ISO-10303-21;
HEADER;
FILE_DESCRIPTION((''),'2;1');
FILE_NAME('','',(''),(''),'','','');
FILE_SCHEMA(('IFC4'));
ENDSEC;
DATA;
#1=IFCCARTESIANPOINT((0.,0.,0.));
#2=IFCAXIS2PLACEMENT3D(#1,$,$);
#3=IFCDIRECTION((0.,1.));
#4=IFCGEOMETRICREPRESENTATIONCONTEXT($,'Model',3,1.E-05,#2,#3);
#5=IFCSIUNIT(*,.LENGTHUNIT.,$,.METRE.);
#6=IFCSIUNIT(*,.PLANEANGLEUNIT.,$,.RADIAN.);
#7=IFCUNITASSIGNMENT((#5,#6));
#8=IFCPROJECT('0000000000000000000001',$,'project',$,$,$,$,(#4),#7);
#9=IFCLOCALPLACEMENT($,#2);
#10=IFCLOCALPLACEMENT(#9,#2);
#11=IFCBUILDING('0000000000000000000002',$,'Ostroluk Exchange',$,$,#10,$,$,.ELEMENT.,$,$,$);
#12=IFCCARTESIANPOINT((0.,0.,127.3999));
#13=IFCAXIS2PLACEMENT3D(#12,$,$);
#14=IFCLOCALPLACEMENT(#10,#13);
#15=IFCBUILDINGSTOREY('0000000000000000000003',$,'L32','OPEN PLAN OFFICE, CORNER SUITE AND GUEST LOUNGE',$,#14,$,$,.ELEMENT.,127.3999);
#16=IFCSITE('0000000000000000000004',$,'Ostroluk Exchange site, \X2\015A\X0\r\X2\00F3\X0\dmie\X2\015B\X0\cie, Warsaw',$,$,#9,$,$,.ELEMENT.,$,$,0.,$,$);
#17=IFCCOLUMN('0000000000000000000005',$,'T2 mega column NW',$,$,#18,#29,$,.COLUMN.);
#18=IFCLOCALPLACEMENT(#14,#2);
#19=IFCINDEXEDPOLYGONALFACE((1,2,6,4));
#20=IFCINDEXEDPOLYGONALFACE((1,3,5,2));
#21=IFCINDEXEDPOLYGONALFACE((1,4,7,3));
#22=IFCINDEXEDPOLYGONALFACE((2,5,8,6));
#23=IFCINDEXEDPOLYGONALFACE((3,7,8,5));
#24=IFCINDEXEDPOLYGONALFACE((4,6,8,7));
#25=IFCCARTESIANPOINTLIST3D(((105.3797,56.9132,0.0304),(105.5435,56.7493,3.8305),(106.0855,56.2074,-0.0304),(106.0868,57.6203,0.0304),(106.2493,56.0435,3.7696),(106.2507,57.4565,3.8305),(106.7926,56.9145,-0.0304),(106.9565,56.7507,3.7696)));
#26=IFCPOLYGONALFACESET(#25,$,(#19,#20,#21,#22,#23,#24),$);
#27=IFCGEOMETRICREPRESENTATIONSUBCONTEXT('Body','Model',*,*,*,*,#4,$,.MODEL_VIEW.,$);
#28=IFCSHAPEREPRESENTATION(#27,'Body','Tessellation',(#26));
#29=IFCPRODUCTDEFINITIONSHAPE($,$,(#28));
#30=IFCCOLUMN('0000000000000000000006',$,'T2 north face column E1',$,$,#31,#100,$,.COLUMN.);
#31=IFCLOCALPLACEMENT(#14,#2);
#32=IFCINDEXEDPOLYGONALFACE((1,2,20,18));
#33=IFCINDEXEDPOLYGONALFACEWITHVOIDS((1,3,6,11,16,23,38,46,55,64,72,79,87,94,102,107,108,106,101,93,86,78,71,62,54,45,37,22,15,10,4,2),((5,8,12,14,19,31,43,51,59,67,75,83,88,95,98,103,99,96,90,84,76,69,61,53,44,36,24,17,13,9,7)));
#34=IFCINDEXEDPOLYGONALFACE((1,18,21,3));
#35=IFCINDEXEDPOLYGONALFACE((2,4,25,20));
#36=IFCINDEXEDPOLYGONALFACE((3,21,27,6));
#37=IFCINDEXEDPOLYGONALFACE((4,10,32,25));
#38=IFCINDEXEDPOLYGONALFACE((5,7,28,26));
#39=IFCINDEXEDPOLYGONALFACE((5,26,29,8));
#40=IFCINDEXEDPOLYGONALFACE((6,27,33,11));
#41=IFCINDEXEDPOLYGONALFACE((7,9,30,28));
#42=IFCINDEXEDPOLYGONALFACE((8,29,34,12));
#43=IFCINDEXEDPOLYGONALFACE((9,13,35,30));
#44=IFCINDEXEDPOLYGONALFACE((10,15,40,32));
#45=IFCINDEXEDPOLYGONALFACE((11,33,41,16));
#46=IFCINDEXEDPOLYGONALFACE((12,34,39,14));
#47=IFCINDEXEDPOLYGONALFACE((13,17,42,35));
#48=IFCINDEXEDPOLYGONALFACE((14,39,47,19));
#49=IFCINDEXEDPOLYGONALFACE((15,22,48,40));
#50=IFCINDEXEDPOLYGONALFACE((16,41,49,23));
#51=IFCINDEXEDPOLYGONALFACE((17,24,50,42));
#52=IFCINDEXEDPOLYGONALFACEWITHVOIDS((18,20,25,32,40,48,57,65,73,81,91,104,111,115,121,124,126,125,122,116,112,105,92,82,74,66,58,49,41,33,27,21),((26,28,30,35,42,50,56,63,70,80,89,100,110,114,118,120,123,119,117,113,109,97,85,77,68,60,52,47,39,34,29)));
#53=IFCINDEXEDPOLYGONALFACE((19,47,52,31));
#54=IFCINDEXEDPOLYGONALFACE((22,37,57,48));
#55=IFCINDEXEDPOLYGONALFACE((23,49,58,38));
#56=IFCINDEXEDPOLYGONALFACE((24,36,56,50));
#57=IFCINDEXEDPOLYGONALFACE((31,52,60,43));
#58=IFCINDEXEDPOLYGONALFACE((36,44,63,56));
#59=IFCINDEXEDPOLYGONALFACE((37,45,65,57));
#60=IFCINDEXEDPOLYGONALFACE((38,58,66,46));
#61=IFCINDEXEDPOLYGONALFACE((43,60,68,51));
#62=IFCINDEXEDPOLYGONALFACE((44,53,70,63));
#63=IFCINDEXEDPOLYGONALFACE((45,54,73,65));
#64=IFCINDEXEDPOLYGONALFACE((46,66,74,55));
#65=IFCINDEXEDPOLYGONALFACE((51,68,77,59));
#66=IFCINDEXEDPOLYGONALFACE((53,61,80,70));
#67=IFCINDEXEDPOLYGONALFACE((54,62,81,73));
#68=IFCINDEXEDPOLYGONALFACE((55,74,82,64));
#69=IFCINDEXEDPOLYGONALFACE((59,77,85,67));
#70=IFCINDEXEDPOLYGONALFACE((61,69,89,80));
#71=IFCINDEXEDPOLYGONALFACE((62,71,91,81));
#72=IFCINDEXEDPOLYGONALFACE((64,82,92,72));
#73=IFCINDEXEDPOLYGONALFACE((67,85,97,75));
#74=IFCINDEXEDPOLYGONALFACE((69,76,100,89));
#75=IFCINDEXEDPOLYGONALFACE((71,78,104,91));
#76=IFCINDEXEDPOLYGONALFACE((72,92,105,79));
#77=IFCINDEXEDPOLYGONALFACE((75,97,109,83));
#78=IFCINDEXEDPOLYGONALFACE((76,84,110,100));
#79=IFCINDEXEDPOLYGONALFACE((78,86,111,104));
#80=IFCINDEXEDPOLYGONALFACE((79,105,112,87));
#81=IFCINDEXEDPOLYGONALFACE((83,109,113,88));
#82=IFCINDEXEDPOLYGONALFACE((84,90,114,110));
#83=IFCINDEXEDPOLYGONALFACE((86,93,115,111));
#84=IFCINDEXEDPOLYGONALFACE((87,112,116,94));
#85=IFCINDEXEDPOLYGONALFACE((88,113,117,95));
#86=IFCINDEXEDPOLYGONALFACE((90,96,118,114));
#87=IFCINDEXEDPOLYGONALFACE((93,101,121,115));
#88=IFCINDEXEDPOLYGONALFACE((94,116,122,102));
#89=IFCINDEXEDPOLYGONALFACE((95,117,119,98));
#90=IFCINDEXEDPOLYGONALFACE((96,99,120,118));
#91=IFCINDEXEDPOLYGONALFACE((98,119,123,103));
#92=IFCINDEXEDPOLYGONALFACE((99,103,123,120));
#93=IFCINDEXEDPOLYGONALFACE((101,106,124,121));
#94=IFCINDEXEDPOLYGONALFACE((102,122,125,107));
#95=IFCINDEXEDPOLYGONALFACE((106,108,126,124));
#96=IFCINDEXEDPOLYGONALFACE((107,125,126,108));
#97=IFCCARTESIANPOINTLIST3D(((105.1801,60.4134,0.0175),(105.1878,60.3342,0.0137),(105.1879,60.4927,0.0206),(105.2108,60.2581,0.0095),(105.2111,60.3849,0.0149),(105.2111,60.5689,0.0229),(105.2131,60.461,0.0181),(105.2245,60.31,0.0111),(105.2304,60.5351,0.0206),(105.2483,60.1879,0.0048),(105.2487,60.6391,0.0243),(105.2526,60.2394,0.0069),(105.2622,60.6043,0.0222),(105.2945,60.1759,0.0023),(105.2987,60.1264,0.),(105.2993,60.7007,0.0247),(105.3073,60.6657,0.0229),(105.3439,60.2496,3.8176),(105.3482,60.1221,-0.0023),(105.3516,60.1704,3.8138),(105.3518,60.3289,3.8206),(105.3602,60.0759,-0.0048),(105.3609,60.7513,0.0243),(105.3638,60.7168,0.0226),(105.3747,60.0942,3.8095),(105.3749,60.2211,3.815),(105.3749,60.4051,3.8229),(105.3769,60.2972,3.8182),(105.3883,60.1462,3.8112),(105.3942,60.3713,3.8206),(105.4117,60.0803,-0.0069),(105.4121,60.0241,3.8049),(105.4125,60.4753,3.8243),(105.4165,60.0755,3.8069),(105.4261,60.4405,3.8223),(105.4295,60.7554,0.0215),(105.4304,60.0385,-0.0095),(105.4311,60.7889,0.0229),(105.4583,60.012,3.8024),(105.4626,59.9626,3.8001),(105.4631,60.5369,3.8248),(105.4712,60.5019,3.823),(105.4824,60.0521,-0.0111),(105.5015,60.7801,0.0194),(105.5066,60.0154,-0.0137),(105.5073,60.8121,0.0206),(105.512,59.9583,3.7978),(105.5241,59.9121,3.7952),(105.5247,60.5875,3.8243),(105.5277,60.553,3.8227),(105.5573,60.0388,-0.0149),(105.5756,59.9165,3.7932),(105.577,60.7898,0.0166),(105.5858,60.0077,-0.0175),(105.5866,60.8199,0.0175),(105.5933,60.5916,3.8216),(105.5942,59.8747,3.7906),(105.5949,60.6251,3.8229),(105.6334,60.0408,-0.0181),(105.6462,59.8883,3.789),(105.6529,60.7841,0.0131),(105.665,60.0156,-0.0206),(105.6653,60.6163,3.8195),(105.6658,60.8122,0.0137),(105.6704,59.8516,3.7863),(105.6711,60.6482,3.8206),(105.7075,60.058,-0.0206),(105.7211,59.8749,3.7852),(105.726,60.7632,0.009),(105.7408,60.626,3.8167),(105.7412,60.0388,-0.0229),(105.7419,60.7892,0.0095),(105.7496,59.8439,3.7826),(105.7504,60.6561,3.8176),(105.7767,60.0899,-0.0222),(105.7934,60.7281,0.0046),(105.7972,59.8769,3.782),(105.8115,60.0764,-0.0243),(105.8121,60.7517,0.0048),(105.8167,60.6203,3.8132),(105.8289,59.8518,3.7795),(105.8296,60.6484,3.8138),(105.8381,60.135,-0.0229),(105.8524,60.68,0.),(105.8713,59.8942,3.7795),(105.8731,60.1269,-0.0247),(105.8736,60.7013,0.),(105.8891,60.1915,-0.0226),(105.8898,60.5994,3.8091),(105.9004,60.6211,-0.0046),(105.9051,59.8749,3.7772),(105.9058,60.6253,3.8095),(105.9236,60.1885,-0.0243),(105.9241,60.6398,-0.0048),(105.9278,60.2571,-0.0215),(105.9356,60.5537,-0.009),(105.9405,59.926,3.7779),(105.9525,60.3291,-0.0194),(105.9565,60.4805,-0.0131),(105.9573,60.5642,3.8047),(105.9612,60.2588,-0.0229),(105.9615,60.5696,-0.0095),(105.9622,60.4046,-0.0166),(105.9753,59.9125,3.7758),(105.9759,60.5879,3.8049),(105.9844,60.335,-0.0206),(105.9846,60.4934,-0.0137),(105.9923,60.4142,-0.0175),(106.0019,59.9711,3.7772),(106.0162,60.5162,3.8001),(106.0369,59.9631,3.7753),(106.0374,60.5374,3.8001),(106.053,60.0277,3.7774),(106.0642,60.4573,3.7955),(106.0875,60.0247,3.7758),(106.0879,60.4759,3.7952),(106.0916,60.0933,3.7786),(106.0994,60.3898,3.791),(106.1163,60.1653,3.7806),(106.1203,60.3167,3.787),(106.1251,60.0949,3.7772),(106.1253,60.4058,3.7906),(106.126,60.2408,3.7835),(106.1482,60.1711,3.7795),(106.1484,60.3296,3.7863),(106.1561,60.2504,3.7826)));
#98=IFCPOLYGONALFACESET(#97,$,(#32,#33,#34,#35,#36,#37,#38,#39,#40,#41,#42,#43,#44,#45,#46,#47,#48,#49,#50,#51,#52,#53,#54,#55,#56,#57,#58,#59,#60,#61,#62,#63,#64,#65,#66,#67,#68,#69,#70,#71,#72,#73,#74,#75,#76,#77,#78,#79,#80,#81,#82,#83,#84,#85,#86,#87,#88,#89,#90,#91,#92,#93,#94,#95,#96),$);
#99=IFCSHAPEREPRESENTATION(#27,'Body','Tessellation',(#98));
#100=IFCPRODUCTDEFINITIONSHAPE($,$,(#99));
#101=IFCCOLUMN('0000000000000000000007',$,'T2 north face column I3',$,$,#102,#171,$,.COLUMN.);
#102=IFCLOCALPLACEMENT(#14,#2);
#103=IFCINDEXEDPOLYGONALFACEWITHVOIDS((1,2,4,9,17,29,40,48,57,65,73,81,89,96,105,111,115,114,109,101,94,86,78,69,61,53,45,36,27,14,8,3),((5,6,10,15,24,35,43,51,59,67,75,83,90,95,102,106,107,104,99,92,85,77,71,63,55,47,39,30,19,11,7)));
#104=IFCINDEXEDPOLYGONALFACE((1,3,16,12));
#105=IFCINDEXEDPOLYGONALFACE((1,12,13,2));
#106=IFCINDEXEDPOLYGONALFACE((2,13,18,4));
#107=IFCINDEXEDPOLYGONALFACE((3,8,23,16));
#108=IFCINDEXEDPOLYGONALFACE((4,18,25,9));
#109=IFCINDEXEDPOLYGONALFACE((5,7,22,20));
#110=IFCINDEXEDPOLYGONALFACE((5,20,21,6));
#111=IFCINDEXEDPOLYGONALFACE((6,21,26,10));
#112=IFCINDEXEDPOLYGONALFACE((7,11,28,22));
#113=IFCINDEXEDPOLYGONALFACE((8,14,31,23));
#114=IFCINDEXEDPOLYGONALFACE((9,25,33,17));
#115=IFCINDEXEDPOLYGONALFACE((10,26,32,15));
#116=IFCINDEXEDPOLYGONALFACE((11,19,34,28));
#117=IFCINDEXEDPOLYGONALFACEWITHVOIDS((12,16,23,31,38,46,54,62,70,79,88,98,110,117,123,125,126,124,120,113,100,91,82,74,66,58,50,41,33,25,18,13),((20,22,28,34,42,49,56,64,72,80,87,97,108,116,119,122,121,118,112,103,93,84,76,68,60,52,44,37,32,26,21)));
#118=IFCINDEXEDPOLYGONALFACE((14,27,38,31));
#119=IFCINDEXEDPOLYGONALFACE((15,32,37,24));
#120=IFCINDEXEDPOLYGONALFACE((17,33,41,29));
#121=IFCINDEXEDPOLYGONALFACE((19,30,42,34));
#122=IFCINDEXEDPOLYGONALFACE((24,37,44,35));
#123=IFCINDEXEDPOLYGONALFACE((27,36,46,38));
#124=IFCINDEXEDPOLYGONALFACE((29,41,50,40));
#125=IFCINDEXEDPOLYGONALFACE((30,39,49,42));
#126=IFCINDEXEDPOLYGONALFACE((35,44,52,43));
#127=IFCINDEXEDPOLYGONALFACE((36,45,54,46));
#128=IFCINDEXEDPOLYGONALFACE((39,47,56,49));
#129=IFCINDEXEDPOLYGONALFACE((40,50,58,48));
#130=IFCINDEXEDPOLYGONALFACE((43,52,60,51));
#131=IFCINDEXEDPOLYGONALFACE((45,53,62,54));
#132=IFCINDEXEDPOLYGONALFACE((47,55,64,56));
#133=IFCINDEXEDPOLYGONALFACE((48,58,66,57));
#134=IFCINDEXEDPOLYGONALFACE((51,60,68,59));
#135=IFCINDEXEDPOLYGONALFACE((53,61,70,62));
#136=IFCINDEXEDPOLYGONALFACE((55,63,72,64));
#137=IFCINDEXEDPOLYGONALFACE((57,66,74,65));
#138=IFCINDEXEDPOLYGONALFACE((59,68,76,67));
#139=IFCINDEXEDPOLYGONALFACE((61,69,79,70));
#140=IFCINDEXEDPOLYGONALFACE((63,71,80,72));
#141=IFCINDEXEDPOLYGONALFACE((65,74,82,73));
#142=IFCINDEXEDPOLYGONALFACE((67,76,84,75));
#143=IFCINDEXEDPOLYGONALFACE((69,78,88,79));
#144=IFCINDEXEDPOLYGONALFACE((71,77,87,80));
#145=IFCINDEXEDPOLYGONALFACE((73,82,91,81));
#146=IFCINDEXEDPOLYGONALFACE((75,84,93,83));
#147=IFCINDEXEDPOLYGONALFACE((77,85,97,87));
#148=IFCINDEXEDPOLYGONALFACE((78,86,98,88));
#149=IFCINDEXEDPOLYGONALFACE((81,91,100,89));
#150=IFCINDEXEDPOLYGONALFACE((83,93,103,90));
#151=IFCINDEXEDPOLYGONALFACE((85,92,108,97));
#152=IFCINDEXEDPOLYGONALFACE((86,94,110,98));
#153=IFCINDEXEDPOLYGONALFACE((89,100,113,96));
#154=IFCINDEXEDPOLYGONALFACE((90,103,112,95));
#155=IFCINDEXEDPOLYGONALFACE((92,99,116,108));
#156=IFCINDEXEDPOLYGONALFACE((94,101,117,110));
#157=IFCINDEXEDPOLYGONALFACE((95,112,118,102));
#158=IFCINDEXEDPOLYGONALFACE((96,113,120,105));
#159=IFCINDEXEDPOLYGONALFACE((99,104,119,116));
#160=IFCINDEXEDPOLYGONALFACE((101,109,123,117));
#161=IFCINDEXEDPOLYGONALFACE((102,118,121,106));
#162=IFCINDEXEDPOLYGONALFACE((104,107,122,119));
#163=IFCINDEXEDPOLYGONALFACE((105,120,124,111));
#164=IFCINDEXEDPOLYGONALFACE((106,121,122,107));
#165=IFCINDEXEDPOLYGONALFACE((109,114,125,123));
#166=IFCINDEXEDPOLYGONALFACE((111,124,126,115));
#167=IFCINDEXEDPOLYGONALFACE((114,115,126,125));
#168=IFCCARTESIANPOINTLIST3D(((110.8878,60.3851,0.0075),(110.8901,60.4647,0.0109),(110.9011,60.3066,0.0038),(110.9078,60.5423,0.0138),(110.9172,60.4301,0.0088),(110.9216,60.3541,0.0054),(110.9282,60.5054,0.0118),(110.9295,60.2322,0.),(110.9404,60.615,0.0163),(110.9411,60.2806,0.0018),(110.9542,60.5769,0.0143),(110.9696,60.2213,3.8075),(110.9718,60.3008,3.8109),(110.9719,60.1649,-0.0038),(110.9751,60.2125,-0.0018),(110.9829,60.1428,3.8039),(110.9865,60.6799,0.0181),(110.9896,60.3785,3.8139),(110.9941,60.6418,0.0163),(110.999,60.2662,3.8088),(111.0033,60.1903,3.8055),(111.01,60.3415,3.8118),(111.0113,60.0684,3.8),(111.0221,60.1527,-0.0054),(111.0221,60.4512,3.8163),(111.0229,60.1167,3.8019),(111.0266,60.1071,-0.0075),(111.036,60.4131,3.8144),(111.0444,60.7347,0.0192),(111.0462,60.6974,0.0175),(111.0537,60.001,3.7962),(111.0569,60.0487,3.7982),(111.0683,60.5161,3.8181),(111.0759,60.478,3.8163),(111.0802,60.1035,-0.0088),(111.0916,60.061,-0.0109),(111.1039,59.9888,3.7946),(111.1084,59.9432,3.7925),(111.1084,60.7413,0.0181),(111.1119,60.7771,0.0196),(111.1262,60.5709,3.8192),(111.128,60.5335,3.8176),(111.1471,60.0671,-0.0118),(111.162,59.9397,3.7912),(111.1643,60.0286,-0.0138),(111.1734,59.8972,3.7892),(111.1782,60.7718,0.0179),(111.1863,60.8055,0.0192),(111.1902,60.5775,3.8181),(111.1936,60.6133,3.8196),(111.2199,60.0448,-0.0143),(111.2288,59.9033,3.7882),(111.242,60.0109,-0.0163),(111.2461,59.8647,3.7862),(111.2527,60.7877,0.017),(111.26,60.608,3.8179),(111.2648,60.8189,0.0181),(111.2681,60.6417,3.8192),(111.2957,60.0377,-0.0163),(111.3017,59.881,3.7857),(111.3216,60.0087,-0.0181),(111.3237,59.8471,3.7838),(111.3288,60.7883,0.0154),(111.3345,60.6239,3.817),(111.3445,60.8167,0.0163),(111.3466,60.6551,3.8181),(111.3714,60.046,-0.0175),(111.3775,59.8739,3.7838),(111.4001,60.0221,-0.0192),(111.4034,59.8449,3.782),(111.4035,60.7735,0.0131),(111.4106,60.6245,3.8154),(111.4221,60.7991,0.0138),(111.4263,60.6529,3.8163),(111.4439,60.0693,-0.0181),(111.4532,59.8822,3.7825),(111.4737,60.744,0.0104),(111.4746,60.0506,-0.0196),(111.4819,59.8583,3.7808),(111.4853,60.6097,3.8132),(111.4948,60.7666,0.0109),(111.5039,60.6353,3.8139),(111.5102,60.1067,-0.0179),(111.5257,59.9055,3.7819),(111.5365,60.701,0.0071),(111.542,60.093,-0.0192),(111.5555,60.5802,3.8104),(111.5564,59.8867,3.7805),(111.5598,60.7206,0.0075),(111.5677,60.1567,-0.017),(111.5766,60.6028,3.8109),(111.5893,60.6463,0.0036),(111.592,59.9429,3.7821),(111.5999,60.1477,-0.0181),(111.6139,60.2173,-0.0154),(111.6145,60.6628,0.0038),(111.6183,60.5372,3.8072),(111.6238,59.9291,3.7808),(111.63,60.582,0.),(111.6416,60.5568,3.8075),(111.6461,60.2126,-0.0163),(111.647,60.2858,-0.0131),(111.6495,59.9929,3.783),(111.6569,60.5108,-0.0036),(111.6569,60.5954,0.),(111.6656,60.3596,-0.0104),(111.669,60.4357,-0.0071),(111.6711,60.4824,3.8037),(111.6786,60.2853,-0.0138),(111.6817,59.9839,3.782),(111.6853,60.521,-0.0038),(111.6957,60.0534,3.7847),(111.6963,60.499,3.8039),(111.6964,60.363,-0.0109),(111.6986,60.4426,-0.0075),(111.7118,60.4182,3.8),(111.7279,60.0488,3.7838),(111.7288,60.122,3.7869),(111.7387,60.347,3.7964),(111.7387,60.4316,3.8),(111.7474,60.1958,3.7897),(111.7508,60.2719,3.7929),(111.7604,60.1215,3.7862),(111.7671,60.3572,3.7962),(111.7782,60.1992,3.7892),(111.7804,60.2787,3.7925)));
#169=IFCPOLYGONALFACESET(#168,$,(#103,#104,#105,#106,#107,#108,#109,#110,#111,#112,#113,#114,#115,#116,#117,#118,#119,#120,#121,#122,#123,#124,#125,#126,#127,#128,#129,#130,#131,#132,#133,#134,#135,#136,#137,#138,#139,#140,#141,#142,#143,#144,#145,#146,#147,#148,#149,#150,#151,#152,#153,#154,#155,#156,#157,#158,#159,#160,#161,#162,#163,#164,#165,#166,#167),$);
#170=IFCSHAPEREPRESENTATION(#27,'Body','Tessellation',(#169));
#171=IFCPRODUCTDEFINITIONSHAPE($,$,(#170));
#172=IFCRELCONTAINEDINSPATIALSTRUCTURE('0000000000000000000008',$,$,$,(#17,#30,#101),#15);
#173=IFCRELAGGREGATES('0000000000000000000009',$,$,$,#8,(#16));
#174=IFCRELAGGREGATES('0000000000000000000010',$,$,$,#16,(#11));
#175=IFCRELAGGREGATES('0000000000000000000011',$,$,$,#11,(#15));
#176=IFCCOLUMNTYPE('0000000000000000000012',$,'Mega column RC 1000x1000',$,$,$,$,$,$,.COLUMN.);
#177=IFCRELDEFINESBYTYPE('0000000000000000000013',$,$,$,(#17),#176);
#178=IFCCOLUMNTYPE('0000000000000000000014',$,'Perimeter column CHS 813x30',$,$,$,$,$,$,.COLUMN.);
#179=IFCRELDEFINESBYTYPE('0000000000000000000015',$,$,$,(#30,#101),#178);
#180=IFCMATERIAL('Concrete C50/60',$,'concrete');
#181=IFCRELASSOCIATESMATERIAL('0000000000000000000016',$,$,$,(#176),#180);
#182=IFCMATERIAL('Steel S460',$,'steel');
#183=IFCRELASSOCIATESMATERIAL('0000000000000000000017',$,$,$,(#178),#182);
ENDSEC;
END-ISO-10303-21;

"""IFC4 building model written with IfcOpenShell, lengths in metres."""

from ifc_helpers import new_model, si_unit, direction, frame, origin, origin_2d, place, context, subcontext, project, spatial, rectangle, hollow_circle, extrude, material, material_profile, profile_set, type_object, element, save


model = new_model("IFC4")

# Units and contexts
model_context = context("Model", 3, precision=1e-05, world=origin(), true_north=direction((0.0, 1.0)))
body_context = subcontext(model_context, "Body", "Model", "MODEL_VIEW")
ifc_project = project(units=[si_unit("LENGTHUNIT", "METRE"), si_unit("PLANEANGLEUNIT", "RADIAN")], contexts=[model_context])

# Site, building, storey
site_placement = place(None, origin())
site = spatial("IfcSite", under=ifc_project, at=site_placement, Name="Ostroluk Exchange site, Śródmieście, Warsaw", CompositionType="ELEMENT", RefElevation=0.0)
building_placement = place(site_placement, origin())
building = spatial("IfcBuilding", under=site, at=building_placement, Name="Ostroluk Exchange", CompositionType="ELEMENT")
storey_placement = place(building_placement, frame((0.0, 0.0, 127.3999)))
storey = spatial("IfcBuildingStorey", under=building, at=storey_placement, Name="L32", Description="OPEN PLAN OFFICE, CORNER SUITE AND GUEST LOUNGE", CompositionType="ELEMENT", Elevation=127.3999)

# Columns
ifc_material_1 = material(Name="Concrete C50/60", Category="concrete")
ifc_material_profile_1 = material_profile(ifc_material_1, rectangle(XDim=1.0, YDim=1.0, at=origin_2d()), Name="RC 1000x1000")
ifc_profile_set_1 = profile_set([ifc_material_profile_1], Name="Concrete C50/60")
column_type_1 = type_object("IfcColumnType", Name="Mega column RC 1000x1000", PredefinedType="COLUMN", material=ifc_profile_set_1)
column_1_placement = place(storey_placement, frame((106.0862, 56.9138, 0.0), z_axis=(0.04303, -0.04303, 0.998147), x_axis=(0.707107, 0.707107, 0.0)))
element("IfcColumn", 1, at=column_1_placement, inside=storey, type_object=column_type_1, Name="T2 mega column NW", PredefinedType="COLUMN", context=body_context, shape_type="SweptSolid", body=[
    extrude(rectangle(XDim=1.0, YDim=1.0, at=origin_2d()), origin(), (0.0, 0.0, 1.0), 3.8071),
])
ifc_material_2 = material(Name="Steel S460", Category="steel")
ifc_material_profile_2 = material_profile(ifc_material_2, hollow_circle(Radius=0.4065, WallThickness=0.03, at=origin_2d()), Name="CHS 813x30")
ifc_profile_set_2 = profile_set([ifc_material_profile_2], Name="Steel S460")
column_type_2 = type_object("IfcColumnType", Name="Perimeter column CHS 813x30", PredefinedType="COLUMN", material=ifc_profile_set_2)
column_2_placement = place(storey_placement, frame((105.5862, 60.4138, 0.0), z_axis=(0.04303, -0.04303, 0.998147), x_axis=(0.707107, 0.707107, 0.0)))
element("IfcColumn", 2, at=column_2_placement, inside=storey, type_object=column_type_2, Name="T2 north face column E1", PredefinedType="COLUMN", context=body_context, shape_type="SweptSolid", body=[
    extrude(hollow_circle(Radius=0.4065, WallThickness=0.03, at=origin_2d()), origin(), (0.0, 0.0, 1.0), 3.8071),
])
column_3_placement = place(storey_placement, frame((111.2932, 60.4138, 0.0), z_axis=(0.021498, -0.04306, 0.998841), x_axis=(0.894694, 0.44668, 0.0)))
element("IfcColumn", 3, at=column_3_placement, inside=storey, type_object=column_type_2, Name="T2 north face column I3", PredefinedType="COLUMN", context=body_context, shape_type="SweptSolid", body=[
    extrude(hollow_circle(Radius=0.4065, WallThickness=0.03, at=origin_2d()), origin(), (0.0, 0.0, 1.0), 3.8044),
])

save(model, "model.ifc")
